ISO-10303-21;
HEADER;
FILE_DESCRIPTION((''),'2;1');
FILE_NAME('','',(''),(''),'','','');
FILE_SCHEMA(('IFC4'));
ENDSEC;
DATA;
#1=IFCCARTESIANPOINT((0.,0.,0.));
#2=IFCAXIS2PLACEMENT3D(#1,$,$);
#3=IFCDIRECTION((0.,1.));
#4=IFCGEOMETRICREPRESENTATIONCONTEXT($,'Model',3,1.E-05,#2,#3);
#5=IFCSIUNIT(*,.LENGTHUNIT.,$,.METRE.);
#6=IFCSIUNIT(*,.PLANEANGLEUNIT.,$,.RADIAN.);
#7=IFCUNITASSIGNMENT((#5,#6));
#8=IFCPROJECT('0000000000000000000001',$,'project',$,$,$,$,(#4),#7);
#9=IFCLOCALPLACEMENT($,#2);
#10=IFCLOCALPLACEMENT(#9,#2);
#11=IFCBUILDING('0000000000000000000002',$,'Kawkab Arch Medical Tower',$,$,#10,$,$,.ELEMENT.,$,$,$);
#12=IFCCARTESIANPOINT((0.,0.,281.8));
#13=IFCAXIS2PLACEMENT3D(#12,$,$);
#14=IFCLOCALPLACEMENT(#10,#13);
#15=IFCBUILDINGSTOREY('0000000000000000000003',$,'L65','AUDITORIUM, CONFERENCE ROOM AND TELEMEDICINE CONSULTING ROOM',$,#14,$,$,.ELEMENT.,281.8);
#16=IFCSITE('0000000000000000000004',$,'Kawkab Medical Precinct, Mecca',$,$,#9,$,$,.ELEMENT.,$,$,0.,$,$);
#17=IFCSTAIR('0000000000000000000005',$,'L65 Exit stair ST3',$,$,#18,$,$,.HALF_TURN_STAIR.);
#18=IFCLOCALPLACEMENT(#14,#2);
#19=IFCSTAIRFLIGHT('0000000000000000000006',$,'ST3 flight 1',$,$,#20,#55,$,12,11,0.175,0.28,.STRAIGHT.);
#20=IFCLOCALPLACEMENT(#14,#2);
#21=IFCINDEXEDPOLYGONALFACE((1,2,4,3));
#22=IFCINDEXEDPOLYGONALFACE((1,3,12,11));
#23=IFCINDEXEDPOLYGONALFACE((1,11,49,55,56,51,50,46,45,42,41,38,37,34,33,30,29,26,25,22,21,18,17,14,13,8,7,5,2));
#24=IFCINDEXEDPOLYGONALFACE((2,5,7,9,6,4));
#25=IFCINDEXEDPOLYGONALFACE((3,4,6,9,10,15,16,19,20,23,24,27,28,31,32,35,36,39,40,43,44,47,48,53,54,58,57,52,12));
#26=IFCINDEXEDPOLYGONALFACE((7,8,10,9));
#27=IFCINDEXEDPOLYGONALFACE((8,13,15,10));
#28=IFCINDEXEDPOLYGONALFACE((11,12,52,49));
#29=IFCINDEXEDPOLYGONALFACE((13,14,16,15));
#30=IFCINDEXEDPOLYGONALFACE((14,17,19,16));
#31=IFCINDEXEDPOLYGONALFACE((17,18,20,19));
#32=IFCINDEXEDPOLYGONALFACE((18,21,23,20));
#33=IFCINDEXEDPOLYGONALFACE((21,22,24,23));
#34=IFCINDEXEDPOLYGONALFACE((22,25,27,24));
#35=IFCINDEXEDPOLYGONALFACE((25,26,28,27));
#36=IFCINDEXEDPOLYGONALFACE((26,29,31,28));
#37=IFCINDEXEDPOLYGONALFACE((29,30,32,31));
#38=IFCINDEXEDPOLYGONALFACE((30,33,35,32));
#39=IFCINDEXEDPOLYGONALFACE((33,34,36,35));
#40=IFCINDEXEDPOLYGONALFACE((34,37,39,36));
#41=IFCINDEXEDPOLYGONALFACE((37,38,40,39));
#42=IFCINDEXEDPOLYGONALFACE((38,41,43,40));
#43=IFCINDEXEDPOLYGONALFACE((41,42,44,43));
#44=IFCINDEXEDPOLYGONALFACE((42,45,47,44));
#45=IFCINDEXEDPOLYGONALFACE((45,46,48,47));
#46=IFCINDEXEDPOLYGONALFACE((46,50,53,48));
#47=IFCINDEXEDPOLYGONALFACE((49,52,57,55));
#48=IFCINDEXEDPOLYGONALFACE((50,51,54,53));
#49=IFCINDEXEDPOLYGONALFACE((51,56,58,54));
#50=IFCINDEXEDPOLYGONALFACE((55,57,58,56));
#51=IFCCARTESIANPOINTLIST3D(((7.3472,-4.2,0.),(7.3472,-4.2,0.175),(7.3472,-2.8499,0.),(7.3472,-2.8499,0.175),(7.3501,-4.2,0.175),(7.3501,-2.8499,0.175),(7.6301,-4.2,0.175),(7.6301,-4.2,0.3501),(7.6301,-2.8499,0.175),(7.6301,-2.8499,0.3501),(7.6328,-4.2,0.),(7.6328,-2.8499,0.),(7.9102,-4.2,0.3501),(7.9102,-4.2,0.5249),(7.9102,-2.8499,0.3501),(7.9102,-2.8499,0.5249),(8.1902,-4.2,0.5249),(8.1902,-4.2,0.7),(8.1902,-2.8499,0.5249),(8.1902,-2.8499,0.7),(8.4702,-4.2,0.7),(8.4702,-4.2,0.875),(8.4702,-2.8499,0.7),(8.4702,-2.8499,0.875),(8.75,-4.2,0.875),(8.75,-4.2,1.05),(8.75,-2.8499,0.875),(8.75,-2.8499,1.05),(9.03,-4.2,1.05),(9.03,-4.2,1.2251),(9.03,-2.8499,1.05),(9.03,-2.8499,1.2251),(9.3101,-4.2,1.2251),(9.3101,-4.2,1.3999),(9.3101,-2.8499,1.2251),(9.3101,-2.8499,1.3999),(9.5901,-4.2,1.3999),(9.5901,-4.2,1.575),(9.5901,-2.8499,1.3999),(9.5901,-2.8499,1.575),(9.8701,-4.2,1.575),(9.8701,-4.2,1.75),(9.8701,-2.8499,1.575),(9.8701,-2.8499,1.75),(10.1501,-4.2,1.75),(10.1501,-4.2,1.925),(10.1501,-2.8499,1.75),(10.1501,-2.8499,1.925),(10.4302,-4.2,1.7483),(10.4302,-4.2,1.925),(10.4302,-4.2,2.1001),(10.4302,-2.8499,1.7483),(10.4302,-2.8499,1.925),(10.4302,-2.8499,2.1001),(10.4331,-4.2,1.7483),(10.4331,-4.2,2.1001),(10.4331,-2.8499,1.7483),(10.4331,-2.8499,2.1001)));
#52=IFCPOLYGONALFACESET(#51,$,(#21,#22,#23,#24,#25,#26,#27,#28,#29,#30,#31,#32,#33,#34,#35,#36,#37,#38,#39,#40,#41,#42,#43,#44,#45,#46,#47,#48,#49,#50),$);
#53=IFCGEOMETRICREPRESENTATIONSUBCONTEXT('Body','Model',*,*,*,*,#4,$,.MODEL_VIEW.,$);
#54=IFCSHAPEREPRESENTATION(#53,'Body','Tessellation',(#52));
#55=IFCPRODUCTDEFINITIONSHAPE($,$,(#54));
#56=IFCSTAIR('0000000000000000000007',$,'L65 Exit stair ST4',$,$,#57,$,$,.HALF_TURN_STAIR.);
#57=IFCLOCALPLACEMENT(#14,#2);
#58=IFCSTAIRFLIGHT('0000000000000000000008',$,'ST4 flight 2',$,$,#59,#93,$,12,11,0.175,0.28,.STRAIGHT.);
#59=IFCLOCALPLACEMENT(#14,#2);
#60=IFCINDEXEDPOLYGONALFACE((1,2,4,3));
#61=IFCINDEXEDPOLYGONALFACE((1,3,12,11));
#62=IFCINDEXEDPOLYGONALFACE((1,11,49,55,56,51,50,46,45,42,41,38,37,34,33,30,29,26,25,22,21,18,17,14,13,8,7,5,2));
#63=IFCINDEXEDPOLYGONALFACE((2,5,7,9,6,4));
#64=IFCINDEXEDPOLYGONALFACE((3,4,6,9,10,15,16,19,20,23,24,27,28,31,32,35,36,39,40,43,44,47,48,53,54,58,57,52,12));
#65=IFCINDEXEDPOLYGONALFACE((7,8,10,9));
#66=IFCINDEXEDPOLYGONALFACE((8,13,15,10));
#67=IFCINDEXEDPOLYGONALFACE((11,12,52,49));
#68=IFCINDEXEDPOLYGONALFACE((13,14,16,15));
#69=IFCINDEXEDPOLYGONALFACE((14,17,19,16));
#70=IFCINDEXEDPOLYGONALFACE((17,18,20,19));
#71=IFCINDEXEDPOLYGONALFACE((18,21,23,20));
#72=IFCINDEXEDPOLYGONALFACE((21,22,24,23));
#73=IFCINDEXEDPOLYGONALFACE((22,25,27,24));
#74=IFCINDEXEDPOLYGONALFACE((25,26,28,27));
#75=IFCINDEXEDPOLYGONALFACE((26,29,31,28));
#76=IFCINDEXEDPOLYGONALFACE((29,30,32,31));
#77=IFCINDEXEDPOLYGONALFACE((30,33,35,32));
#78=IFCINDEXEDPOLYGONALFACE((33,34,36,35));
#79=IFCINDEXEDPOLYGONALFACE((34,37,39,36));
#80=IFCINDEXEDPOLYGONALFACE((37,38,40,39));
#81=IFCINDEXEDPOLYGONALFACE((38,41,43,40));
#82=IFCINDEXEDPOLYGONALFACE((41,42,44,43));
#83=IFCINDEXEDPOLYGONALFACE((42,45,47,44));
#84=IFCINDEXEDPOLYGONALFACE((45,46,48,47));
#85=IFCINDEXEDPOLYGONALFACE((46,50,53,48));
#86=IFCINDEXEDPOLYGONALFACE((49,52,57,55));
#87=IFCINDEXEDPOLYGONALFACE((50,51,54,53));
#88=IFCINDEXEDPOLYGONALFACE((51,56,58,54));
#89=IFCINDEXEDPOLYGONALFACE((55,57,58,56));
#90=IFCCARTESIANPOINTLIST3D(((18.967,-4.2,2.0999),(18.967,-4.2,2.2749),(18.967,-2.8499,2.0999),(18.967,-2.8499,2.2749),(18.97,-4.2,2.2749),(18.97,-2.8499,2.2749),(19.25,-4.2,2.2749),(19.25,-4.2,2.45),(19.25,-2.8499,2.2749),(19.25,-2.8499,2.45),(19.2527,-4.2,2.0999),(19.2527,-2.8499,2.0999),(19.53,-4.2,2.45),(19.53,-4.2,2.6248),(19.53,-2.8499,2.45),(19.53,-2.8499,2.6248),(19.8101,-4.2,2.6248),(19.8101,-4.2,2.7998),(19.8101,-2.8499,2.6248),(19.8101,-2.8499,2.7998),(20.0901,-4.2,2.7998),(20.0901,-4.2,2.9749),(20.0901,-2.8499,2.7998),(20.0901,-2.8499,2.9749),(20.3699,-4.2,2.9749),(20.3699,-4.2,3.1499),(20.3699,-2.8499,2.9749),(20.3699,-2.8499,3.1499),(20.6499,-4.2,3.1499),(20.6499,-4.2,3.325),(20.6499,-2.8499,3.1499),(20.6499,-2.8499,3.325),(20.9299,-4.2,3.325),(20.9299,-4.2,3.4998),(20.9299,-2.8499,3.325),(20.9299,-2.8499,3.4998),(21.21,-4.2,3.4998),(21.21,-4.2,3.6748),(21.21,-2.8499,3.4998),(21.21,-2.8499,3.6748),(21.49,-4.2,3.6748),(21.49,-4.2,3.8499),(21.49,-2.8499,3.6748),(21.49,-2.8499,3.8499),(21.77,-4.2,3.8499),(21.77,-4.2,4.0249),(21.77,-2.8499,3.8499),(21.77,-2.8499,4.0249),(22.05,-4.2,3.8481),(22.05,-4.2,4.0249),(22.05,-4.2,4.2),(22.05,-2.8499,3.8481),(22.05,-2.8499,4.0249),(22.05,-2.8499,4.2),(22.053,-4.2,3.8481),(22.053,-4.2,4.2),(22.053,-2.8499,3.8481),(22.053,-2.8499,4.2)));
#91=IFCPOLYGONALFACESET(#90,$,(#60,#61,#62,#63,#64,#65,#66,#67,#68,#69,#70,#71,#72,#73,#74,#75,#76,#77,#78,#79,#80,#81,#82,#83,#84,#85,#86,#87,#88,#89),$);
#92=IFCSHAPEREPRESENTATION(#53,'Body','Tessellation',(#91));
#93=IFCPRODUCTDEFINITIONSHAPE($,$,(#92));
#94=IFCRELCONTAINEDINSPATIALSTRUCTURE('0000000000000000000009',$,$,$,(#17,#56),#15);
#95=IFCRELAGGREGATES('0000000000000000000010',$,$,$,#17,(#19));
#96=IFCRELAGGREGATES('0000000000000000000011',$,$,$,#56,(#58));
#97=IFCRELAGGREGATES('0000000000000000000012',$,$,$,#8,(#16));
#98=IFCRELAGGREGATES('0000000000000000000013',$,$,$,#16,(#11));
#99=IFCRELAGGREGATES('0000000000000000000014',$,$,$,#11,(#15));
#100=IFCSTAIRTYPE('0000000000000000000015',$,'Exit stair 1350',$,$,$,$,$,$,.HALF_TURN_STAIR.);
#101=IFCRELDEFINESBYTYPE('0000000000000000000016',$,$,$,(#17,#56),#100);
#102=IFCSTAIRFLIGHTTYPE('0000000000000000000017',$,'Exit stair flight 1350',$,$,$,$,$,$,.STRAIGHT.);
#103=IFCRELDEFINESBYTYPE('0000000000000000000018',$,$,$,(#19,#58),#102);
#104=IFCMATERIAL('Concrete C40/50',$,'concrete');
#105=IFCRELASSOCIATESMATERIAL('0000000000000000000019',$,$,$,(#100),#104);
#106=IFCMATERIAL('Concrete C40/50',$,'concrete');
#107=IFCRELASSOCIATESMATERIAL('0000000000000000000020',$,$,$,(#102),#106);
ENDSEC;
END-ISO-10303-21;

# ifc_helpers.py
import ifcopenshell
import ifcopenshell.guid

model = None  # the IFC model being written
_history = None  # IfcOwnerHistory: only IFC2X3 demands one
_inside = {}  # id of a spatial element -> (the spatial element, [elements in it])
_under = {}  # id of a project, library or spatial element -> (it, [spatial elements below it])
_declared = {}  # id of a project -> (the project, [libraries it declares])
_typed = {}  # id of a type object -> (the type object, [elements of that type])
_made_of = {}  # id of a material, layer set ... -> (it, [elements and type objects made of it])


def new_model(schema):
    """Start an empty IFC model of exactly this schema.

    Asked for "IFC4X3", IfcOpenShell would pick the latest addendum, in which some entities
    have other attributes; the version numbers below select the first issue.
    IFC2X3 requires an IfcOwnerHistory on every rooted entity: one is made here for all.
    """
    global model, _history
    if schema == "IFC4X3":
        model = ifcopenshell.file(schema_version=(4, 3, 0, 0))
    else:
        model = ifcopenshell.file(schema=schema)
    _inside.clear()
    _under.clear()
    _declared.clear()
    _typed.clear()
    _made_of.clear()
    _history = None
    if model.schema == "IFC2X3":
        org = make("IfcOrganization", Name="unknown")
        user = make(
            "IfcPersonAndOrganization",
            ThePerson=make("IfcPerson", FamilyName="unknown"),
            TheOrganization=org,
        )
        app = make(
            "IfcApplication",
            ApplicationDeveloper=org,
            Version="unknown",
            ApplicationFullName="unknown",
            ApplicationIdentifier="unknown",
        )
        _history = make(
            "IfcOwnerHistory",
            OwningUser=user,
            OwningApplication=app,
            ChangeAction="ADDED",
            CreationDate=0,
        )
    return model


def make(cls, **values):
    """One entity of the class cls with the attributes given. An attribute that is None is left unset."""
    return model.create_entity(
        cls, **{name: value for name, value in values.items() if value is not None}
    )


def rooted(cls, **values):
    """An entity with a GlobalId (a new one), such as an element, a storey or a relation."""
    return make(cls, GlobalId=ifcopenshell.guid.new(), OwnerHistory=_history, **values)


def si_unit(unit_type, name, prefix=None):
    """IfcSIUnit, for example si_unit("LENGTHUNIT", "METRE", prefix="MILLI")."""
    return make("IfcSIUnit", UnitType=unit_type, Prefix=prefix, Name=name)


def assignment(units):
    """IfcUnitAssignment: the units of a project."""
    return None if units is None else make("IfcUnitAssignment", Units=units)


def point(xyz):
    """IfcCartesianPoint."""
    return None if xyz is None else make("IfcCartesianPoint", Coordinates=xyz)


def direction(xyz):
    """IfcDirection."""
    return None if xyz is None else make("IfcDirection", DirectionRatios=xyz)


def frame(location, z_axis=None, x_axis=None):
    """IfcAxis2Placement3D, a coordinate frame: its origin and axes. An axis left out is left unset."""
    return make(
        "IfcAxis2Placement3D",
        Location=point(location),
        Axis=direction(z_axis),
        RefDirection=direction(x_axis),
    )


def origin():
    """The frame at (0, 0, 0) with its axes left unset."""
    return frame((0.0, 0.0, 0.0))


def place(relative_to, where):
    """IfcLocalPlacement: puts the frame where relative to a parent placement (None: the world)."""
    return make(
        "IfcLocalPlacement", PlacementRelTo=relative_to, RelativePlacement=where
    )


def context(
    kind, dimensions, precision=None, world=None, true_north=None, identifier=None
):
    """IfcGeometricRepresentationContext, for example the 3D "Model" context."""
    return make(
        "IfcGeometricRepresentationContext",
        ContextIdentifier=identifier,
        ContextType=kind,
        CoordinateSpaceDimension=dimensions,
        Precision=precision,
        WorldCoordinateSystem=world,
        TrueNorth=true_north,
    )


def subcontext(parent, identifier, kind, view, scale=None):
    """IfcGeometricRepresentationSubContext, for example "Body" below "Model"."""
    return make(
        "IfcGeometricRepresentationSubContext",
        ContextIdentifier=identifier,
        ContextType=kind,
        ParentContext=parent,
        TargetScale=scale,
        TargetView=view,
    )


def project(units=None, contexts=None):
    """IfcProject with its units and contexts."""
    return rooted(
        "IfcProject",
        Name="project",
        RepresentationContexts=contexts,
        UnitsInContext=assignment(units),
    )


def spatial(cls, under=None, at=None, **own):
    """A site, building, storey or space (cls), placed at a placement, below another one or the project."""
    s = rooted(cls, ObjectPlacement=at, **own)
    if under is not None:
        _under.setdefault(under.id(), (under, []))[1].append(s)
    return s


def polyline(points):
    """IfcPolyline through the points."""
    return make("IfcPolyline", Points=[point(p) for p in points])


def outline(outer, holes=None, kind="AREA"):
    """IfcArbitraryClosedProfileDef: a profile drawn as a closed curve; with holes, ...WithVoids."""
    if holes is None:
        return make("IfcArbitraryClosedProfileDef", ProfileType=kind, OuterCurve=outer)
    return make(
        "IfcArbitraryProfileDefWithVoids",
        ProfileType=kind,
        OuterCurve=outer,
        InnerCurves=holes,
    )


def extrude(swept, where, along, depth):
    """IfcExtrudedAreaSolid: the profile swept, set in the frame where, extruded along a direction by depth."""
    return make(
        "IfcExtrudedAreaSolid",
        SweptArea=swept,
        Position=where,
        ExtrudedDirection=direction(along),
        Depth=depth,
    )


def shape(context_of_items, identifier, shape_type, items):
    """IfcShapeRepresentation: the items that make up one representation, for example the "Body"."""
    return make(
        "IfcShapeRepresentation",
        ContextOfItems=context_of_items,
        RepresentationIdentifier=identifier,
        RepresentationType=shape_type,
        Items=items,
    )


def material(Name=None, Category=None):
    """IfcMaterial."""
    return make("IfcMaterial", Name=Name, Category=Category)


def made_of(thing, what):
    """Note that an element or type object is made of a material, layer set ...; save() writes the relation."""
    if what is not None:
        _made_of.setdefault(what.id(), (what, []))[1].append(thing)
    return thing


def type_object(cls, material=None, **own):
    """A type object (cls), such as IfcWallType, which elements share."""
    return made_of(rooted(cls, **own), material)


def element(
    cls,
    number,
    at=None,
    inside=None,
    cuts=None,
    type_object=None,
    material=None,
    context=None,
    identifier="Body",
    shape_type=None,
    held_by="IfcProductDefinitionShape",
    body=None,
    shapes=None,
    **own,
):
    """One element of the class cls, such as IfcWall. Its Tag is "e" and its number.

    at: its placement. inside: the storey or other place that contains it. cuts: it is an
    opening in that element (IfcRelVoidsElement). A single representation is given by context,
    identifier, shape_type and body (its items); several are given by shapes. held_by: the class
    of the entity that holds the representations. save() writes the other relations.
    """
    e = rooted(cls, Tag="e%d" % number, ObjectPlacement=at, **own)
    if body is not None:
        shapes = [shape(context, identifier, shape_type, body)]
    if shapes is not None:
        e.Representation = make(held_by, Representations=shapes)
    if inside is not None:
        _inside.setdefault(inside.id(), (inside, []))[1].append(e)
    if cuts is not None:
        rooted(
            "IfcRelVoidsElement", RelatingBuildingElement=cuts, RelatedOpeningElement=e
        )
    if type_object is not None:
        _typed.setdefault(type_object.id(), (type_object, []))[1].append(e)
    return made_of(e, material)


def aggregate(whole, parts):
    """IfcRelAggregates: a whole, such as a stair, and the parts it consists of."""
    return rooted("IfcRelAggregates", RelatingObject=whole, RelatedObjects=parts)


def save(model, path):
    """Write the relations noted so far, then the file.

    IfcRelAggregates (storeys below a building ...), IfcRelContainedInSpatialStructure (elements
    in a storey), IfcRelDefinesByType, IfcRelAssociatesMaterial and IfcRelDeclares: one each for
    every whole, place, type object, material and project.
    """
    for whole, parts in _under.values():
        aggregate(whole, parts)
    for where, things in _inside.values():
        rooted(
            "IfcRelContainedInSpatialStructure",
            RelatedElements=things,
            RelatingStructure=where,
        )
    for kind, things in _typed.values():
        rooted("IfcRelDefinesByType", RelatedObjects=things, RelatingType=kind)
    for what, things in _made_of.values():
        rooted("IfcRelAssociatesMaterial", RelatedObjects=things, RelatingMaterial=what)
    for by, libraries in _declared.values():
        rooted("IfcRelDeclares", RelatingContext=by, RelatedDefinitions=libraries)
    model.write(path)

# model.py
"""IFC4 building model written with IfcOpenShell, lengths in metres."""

from ifc_helpers import new_model, si_unit, direction, frame, origin, place, context, subcontext, project, spatial, polyline, outline, extrude, material, type_object, element, aggregate, save


model = new_model("IFC4")

# Units and contexts
model_context = context("Model", 3, precision=1e-05, world=origin(), true_north=direction((0.0, 1.0)))
body_context = subcontext(model_context, "Body", "Model", "MODEL_VIEW")
ifc_project = project(units=[si_unit("LENGTHUNIT", "METRE"), si_unit("PLANEANGLEUNIT", "RADIAN")], contexts=[model_context])

# Site, building, storey
site_placement = place(None, origin())
site = spatial("IfcSite", under=ifc_project, at=site_placement, Name="Kawkab Medical Precinct, Mecca", CompositionType="ELEMENT", RefElevation=0.0)
building_placement = place(site_placement, origin())
building = spatial("IfcBuilding", under=site, at=building_placement, Name="Kawkab Arch Medical Tower", CompositionType="ELEMENT")
storey_placement = place(building_placement, frame((0.0, 0.0, 281.8)))
storey = spatial("IfcBuildingStorey", under=building, at=storey_placement, Name="L65", Description="AUDITORIUM, CONFERENCE ROOM AND TELEMEDICINE CONSULTING ROOM", CompositionType="ELEMENT", Elevation=281.8)

# Stairs, stair flights
ifc_material_1 = material(Name="Concrete C40/50", Category="concrete")
stair_type = type_object("IfcStairType", Name="Exit stair 1350", PredefinedType="HALF_TURN_STAIR", material=ifc_material_1)
placement = place(storey_placement, origin())
stair_1 = element("IfcStair", 1, at=placement, inside=storey, type_object=stair_type, Name="L65 Exit stair ST3", PredefinedType="HALF_TURN_STAIR")
ifc_material_2 = material(Name="Concrete C40/50", Category="concrete")
stair_flight_type = type_object("IfcStairFlightType", Name="Exit stair flight 1350", PredefinedType="STRAIGHT", material=ifc_material_2)
stair_flight_1_placement = place(storey_placement, frame((7.3501, -3.5249, 0.0), z_axis=(0.0, 0.0, 1.0), x_axis=(1.0, 0.0, 0.0)))
stair_flight_1 = element("IfcStairFlight", 2, at=stair_flight_1_placement, type_object=stair_flight_type, Name="ST3 flight 1", NumberOfRisers=12, NumberOfTreads=11, PredefinedType="STRAIGHT", RiserHeight=0.175, TreadLength=0.28, context=body_context, shape_type="SweptSolid", body=[
    extrude(outline(polyline([(-0.0029, 0.0), (-0.0029, 0.175), (0.0, 0.175), (0.28, 0.175), (0.28, 0.3501), (0.5601, 0.3501), (0.5601, 0.5249), (0.8401, 0.5249), (0.8401, 0.7), (1.1201, 0.7), (1.1201, 0.875), (1.3999, 0.875), (1.3999, 1.05), (1.6799, 1.05), (1.6799, 1.2251), (1.96, 1.2251), (1.96, 1.3999), (2.24, 1.3999), (2.24, 1.575), (2.52, 1.575), (2.52, 1.75), (2.8, 1.75), (2.8, 1.925), (3.0801, 1.925), (3.0801, 2.1001), (3.083, 2.1001), (3.083, 1.7483), (3.0801, 1.7483), (0.2827, 0.0), (-0.0029, 0.0)])), frame((0.0, 0.675, 0.0), z_axis=(0.0, -1.0, 0.0), x_axis=(1.0, 0.0, 0.0)), (0.0, 0.0, 1.0), 1.3501),
])
aggregate(stair_1, [stair_flight_1])
stair_2 = element("IfcStair", 3, at=placement, inside=storey, type_object=stair_type, Name="L65 Exit stair ST4", PredefinedType="HALF_TURN_STAIR")
stair_flight_2_placement = place(storey_placement, frame((18.97, -3.5249, 2.0999), z_axis=(0.0, 0.0, 1.0), x_axis=(1.0, 0.0, 0.0)))
stair_flight_2 = element("IfcStairFlight", 4, at=stair_flight_2_placement, type_object=stair_flight_type, Name="ST4 flight 2", NumberOfRisers=12, NumberOfTreads=11, PredefinedType="STRAIGHT", RiserHeight=0.175, TreadLength=0.28, context=body_context, shape_type="SweptSolid", body=[
    extrude(outline(polyline([(-0.0029, 0.0), (-0.0029, 0.175), (0.0, 0.175), (0.28, 0.175), (0.28, 0.3501), (0.5601, 0.3501), (0.5601, 0.5249), (0.8401, 0.5249), (0.8401, 0.7), (1.1201, 0.7), (1.1201, 0.875), (1.3999, 0.875), (1.3999, 1.05), (1.6799, 1.05), (1.6799, 1.2251), (1.96, 1.2251), (1.96, 1.3999), (2.24, 1.3999), (2.24, 1.575), (2.52, 1.575), (2.52, 1.75), (2.8, 1.75), (2.8, 1.925), (3.0801, 1.925), (3.0801, 2.1001), (3.083, 2.1001), (3.083, 1.7483), (3.0801, 1.7483), (0.2827, 0.0), (-0.0029, 0.0)])), frame((0.0, 0.675, 0.0), z_axis=(0.0, -1.0, 0.0), x_axis=(1.0, 0.0, 0.0)), (0.0, 0.0, 1.0), 1.3501),
])
aggregate(stair_2, [stair_flight_2])

save(model, "model.ifc")
